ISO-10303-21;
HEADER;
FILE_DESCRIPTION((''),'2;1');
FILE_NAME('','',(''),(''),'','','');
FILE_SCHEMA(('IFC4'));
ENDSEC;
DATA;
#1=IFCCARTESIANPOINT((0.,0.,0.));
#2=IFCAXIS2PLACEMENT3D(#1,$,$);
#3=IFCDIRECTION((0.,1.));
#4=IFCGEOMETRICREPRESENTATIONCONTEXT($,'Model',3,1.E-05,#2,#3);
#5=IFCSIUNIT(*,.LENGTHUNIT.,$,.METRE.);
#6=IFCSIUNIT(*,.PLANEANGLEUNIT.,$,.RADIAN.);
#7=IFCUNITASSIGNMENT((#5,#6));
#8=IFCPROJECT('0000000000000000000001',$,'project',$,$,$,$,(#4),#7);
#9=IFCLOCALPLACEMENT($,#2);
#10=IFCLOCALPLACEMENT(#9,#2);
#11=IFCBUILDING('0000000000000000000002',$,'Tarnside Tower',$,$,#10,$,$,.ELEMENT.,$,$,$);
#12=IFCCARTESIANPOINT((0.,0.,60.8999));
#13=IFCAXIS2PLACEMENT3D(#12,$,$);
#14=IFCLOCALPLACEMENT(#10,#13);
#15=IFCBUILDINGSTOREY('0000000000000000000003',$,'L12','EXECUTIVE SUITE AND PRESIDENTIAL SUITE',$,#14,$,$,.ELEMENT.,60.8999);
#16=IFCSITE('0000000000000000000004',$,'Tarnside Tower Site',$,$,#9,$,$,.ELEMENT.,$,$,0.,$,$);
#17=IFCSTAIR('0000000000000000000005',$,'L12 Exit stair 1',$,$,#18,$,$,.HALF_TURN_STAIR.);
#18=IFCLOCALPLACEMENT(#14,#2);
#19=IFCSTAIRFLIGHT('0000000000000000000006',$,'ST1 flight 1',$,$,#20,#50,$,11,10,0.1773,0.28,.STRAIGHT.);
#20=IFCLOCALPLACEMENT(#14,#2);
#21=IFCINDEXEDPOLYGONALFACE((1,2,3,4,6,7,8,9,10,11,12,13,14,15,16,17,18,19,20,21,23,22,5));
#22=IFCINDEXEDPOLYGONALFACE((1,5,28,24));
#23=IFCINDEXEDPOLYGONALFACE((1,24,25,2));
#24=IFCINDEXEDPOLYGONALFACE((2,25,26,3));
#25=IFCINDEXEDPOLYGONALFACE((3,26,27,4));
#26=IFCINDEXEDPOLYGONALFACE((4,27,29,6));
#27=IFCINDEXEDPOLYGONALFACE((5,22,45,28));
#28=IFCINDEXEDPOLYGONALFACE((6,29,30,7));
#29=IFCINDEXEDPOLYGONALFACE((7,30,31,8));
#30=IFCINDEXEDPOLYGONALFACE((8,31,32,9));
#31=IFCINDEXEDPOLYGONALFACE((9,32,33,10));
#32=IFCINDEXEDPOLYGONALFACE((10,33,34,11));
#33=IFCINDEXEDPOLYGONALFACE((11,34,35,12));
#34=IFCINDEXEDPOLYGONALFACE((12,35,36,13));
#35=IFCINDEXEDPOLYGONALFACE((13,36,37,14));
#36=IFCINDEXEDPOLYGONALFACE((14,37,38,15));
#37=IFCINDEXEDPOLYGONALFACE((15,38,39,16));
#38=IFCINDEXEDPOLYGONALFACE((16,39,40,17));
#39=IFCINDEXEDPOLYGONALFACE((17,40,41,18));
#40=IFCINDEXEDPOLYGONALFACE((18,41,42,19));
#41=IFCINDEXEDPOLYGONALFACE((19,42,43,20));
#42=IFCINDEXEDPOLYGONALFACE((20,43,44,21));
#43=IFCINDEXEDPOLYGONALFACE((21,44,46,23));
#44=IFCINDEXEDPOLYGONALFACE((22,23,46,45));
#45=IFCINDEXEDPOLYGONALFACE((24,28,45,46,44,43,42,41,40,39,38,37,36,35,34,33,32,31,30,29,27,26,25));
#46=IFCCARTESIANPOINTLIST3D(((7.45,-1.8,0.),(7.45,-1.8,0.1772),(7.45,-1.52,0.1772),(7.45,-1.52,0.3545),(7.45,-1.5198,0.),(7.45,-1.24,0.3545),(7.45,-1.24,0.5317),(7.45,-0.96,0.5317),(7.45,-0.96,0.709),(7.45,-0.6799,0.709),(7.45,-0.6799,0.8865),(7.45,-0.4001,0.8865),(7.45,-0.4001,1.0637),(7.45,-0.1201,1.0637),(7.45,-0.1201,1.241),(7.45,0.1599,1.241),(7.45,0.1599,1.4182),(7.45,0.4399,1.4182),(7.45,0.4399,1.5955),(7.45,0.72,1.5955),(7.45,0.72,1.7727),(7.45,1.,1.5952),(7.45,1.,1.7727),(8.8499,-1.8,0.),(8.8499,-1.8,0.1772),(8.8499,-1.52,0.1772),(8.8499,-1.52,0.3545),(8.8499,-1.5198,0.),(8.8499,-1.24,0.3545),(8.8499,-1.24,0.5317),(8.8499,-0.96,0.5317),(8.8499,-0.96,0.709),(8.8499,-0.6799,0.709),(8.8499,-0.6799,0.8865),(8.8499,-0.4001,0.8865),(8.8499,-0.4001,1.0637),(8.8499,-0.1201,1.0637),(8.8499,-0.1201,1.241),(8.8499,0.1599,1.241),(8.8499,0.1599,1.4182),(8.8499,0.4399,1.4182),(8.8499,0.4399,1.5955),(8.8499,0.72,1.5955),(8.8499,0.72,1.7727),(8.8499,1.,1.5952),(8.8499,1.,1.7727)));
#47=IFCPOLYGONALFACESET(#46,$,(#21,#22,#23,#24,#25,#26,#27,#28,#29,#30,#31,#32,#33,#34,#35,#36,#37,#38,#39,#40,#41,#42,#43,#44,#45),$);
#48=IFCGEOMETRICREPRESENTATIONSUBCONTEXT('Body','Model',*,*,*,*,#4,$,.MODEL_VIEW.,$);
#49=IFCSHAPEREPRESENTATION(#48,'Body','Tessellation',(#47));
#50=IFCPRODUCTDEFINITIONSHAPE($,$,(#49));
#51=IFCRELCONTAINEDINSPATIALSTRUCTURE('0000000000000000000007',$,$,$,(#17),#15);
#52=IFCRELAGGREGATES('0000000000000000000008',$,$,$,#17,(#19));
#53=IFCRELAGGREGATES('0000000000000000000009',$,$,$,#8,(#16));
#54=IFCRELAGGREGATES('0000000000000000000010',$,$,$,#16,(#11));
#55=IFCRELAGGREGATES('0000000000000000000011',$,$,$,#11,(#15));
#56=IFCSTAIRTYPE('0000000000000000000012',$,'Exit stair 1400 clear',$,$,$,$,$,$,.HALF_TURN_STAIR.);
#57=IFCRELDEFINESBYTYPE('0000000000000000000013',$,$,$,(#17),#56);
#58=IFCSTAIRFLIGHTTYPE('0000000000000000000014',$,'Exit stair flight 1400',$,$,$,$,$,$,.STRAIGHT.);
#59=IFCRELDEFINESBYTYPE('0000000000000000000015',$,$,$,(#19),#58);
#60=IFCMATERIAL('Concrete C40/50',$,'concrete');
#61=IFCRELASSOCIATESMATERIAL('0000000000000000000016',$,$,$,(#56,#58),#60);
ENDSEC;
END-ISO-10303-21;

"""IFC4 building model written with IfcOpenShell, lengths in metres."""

from ifc_helpers import new_model, si_unit, direction, frame, origin, place, context, subcontext, project, spatial, polyline, outline, extrude, material, type_object, element, aggregate, save


model = new_model("IFC4")

# Units and contexts
model_context = context("Model", 3, precision=1e-05, world=origin(), true_north=direction((0.0, 1.0)))
body_context = subcontext(model_context, "Body", "Model", "MODEL_VIEW")
ifc_project = project(units=[si_unit("LENGTHUNIT", "METRE"), si_unit("PLANEANGLEUNIT", "RADIAN")], contexts=[model_context])

# Site, building, storey
site_placement = place(None, origin())
site = spatial("IfcSite", under=ifc_project, at=site_placement, Name="Tarnside Tower Site", CompositionType="ELEMENT", RefElevation=0.0)
building_placement = place(site_placement, origin())
building = spatial("IfcBuilding", under=site, at=building_placement, Name="Tarnside Tower", CompositionType="ELEMENT")
storey_placement = place(building_placement, frame((0.0, 0.0, 60.8999)))
storey = spatial("IfcBuildingStorey", under=building, at=storey_placement, Name="L12", Description="EXECUTIVE SUITE AND PRESIDENTIAL SUITE", CompositionType="ELEMENT", Elevation=60.8999)

# Shared definitions
ifc_material_1 = material(Name="Concrete C40/50", Category="concrete")

# Stair, stair flight
stair_type = type_object("IfcStairType", Name="Exit stair 1400 clear", PredefinedType="HALF_TURN_STAIR", material=ifc_material_1)
stair_placement = place(storey_placement, origin())
stair = element("IfcStair", 1, at=stair_placement, inside=storey, type_object=stair_type, Name="L12 Exit stair 1", PredefinedType="HALF_TURN_STAIR")
stair_flight_type = type_object("IfcStairFlightType", Name="Exit stair flight 1400", PredefinedType="STRAIGHT", material=ifc_material_1)
stair_flight_placement = place(storey_placement, frame((8.1499, -1.8, 0.0), z_axis=(0.0, 0.0, 1.0), x_axis=(0.0, 1.0, 0.0)))
stair_flight = element("IfcStairFlight", 2, at=stair_flight_placement, type_object=stair_flight_type, Name="ST1 flight 1", NumberOfRisers=11, NumberOfTreads=10, PredefinedType="STRAIGHT", RiserHeight=0.1773, TreadLength=0.28, context=body_context, shape_type="SweptSolid", body=[
    extrude(outline(polyline([(0.0, 0.0), (0.0, 0.1772), (0.28, 0.1772), (0.28, 0.3545), (0.5601, 0.3545), (0.5601, 0.5317), (0.8401, 0.5317), (0.8401, 0.709), (1.1201, 0.709), (1.1201, 0.8865), (1.3999, 0.8865), (1.3999, 1.0637), (1.6799, 1.0637), (1.6799, 1.241), (1.96, 1.241), (1.96, 1.4182), (2.24, 1.4182), (2.24, 1.5955), (2.52, 1.5955), (2.52, 1.7727), (2.8, 1.7727), (2.8, 1.95), (2.8, 1.5952), (0.2803, 0.0), (0.0, 0.0)])), frame((0.0, 0.7, 0.0), z_axis=(0.0, -1.0, 0.0), x_axis=(1.0, 0.0, 0.0)), (0.0, 0.0, 1.0), 1.3999),
])
aggregate(stair, [stair_flight])

save(model, "model.ifc")
